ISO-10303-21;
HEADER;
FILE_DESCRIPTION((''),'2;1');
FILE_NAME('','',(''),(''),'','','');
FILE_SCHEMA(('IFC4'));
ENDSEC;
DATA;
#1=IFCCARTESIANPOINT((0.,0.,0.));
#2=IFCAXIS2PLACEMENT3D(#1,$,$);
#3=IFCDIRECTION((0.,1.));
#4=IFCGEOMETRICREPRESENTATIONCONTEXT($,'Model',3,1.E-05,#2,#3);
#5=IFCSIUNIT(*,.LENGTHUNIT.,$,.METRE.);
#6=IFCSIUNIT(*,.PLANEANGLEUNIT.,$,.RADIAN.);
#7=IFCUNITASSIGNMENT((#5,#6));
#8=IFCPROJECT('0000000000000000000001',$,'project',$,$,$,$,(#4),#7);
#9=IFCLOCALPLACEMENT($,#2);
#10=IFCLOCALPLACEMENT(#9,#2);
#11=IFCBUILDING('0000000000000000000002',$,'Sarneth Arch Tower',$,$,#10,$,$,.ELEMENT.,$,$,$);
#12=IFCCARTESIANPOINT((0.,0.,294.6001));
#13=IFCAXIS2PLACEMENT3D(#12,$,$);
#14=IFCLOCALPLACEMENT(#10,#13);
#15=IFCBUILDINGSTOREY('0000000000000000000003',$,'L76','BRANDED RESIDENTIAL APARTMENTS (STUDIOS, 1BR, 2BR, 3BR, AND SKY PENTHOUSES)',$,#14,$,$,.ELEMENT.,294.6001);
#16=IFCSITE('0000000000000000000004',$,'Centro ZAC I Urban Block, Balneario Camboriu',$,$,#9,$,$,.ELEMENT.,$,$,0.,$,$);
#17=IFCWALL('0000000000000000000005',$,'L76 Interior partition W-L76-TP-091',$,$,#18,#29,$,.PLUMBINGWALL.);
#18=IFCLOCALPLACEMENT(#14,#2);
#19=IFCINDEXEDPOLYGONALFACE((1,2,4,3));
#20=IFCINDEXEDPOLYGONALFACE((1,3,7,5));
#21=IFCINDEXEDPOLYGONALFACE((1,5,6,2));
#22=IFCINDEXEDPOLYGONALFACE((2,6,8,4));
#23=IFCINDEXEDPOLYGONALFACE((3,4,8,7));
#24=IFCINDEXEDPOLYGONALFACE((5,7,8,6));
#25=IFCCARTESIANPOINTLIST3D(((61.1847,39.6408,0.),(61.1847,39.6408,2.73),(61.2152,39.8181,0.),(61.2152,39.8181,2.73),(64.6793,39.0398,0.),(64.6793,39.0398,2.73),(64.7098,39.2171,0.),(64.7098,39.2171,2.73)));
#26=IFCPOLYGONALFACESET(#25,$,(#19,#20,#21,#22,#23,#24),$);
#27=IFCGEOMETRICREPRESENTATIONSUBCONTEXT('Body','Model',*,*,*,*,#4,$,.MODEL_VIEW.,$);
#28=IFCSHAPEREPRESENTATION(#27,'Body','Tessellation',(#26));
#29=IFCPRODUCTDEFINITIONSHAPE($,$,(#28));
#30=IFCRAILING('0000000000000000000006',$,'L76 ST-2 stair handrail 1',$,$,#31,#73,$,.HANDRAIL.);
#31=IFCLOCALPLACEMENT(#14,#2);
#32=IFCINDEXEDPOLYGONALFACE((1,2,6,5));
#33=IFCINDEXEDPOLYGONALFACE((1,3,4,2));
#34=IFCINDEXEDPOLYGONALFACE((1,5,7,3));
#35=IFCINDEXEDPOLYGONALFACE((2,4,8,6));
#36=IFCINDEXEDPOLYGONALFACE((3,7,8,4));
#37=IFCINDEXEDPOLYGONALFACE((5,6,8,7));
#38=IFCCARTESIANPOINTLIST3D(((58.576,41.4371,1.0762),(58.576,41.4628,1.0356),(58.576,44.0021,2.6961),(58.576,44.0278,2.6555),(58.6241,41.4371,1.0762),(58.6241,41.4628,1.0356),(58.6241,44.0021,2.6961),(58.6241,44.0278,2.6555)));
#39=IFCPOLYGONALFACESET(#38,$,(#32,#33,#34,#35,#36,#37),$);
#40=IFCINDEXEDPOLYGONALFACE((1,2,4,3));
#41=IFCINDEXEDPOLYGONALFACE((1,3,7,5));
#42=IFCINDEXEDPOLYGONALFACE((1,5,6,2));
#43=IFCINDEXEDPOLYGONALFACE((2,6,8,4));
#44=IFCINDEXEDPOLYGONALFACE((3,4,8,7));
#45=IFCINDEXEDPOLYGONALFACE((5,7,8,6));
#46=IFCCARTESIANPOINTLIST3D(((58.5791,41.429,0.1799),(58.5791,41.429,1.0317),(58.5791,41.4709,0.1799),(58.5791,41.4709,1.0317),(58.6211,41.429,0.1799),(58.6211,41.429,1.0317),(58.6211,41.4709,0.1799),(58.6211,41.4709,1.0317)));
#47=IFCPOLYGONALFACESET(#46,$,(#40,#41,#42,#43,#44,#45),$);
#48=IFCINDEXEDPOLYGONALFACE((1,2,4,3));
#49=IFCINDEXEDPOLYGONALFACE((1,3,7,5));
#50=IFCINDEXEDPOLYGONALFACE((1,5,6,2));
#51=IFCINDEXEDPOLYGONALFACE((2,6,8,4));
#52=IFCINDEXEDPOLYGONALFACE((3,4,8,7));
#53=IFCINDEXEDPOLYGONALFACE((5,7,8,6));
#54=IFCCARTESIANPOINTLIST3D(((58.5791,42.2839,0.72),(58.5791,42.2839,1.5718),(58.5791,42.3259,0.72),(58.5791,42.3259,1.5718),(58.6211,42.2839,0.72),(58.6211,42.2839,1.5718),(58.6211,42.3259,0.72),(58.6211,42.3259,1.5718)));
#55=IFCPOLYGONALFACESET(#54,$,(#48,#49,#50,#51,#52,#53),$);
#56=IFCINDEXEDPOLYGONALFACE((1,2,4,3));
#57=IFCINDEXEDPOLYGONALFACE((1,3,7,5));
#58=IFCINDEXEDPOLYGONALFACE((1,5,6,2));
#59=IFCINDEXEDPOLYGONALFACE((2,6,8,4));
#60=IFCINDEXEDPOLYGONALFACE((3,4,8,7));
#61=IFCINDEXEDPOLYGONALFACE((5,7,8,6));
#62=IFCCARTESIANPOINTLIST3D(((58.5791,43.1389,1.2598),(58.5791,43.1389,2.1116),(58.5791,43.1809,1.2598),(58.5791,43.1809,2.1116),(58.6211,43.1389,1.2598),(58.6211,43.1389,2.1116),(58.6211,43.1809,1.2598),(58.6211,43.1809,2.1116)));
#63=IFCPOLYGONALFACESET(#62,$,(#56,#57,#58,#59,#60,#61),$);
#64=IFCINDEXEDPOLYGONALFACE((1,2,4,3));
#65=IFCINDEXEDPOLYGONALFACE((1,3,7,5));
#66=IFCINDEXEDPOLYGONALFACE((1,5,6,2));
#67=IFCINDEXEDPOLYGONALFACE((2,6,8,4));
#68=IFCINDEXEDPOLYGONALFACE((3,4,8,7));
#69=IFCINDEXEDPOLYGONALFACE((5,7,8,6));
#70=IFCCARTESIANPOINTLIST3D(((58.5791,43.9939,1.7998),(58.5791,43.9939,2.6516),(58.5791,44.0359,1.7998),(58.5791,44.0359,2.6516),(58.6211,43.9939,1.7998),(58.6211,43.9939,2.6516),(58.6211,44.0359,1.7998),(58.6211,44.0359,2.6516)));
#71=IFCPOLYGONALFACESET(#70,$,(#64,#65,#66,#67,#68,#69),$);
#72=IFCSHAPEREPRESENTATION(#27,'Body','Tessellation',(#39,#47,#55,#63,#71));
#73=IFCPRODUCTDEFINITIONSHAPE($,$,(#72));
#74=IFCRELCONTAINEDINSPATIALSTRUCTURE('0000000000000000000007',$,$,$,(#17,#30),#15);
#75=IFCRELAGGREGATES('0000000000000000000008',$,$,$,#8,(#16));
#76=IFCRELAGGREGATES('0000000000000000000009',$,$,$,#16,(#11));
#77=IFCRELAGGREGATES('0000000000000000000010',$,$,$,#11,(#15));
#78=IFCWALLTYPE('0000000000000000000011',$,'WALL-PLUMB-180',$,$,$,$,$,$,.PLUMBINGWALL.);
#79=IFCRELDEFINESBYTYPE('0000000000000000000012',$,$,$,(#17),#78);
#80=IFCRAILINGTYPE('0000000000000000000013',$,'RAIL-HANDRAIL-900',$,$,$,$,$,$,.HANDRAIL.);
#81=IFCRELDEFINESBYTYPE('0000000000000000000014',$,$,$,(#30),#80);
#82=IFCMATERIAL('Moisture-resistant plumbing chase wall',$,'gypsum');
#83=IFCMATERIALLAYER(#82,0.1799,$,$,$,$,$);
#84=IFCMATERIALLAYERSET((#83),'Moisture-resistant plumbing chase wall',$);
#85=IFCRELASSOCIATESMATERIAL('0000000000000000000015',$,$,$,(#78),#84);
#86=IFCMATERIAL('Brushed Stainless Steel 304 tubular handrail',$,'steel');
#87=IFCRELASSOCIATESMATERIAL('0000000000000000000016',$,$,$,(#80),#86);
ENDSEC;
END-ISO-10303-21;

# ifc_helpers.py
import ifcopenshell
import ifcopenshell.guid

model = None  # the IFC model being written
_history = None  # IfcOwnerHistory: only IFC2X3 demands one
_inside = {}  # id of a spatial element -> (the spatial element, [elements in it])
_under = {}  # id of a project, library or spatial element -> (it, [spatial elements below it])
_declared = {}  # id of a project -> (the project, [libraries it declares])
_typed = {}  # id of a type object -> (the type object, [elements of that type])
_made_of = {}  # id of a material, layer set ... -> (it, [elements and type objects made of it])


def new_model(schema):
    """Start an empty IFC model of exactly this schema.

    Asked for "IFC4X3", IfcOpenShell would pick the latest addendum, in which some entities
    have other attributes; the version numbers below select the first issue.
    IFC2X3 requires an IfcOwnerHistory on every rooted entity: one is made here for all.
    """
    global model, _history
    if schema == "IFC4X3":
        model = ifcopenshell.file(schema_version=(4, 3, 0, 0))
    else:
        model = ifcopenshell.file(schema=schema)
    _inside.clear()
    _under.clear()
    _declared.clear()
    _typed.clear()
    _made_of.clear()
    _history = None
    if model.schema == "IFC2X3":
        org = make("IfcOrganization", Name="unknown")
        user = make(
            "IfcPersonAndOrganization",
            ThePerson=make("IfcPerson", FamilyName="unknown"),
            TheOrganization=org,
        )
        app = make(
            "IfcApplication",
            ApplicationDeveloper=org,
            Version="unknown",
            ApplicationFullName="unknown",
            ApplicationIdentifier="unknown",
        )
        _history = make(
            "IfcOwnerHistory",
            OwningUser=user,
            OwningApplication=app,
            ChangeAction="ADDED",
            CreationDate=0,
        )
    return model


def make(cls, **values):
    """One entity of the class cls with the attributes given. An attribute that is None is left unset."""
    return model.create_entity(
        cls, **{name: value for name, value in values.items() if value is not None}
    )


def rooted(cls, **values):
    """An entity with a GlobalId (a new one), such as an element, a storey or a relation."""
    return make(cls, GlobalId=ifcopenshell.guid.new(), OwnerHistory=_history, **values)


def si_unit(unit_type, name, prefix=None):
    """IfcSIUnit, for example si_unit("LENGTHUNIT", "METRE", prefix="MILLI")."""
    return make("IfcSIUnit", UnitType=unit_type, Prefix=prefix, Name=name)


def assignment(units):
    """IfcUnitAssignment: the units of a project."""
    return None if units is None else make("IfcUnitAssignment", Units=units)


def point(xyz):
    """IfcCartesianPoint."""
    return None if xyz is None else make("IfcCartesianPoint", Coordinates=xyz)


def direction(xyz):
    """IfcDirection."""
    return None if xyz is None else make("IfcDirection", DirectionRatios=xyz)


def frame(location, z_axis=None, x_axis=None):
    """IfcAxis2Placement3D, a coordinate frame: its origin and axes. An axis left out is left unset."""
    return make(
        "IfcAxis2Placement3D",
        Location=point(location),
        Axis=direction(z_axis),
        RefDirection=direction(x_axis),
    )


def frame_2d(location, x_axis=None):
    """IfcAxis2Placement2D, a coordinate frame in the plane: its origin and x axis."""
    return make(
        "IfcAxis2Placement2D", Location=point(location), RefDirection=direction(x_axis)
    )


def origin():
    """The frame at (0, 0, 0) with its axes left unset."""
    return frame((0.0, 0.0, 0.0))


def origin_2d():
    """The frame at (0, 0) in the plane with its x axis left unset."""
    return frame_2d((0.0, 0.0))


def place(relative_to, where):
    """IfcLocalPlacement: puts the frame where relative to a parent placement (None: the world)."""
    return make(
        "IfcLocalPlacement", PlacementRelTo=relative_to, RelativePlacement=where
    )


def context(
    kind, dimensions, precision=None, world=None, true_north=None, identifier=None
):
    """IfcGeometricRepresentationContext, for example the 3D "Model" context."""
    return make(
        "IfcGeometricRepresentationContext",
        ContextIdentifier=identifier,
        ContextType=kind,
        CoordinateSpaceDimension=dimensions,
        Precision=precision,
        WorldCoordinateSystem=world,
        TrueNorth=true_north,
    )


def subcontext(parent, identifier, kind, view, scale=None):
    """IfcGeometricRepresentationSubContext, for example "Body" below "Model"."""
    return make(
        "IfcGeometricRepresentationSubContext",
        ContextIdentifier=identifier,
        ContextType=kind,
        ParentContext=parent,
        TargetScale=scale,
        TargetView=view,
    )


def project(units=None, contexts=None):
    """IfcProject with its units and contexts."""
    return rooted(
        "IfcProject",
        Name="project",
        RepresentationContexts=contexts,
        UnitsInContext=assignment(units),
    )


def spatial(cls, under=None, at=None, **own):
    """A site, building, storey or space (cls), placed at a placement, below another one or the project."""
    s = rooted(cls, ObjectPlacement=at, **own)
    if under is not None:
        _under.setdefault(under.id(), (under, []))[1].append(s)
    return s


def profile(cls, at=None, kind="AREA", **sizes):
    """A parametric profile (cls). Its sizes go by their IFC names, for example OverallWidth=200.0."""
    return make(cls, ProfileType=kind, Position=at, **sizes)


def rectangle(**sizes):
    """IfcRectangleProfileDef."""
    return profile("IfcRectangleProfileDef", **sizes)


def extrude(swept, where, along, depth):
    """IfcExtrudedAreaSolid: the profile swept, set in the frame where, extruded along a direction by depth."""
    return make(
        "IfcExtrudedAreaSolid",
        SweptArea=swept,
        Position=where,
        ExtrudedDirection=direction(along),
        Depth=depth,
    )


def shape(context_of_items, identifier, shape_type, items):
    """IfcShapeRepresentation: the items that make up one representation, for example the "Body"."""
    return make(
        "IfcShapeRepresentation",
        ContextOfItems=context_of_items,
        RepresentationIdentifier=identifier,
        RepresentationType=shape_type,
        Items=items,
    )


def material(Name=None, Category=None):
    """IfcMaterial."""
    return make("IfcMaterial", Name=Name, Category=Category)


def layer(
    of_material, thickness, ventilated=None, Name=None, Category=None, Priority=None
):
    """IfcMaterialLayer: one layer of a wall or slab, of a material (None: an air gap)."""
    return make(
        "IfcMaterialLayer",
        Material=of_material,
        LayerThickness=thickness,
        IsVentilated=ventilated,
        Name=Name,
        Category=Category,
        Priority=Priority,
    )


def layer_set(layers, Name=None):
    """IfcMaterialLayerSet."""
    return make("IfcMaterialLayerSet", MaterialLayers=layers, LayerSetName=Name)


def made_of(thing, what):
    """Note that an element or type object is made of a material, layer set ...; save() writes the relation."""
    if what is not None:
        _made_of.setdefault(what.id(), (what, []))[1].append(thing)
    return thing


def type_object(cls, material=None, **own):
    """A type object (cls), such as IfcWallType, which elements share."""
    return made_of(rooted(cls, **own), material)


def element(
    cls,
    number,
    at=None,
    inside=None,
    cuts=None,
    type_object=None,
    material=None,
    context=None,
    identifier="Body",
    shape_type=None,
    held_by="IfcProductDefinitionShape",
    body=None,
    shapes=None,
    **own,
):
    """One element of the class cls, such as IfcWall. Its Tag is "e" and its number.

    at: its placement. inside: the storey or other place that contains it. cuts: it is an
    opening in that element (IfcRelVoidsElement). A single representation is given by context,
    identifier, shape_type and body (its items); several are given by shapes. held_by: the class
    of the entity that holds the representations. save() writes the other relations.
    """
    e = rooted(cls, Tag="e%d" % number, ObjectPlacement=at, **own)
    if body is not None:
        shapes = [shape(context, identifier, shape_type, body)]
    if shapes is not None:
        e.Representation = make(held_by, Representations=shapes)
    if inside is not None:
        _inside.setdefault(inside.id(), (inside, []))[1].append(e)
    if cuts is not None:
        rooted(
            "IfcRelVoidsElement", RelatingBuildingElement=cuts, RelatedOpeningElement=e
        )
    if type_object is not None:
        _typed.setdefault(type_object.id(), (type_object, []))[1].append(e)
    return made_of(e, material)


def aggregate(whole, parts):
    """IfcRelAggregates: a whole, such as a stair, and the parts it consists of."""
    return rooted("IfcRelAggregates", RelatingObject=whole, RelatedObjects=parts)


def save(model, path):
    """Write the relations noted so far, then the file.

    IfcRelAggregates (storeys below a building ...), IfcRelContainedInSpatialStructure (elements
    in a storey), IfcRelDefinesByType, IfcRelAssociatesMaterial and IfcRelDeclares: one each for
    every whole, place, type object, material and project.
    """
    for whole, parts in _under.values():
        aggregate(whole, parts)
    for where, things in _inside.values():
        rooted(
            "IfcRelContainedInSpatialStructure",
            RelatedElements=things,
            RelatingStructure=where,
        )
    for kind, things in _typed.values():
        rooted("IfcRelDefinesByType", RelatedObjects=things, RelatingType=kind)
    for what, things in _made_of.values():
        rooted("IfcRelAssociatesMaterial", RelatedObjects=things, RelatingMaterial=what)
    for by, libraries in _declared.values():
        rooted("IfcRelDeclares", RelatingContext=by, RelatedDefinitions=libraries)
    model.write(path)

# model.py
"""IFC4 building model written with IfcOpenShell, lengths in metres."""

from ifc_helpers import new_model, si_unit, direction, frame, frame_2d, origin, origin_2d, place, context, subcontext, project, spatial, rectangle, extrude, material, layer, layer_set, type_object, element, save


model = new_model("IFC4")

# Units and contexts
model_context = context("Model", 3, precision=1e-05, world=origin(), true_north=direction((0.0, 1.0)))
body_context = subcontext(model_context, "Body", "Model", "MODEL_VIEW")
ifc_project = project(units=[si_unit("LENGTHUNIT", "METRE"), si_unit("PLANEANGLEUNIT", "RADIAN")], contexts=[model_context])

# Site, building, storey
site_placement = place(None, origin())
site = spatial("IfcSite", under=ifc_project, at=site_placement, Name="Centro ZAC I Urban Block, Balneario Camboriu", CompositionType="ELEMENT", RefElevation=0.0)
building_placement = place(site_placement, origin())
building = spatial("IfcBuilding", under=site, at=building_placement, Name="Sarneth Arch Tower", CompositionType="ELEMENT")
storey_placement = place(building_placement, frame((0.0, 0.0, 294.6001)))
storey = spatial("IfcBuildingStorey", under=building, at=storey_placement, Name="L76", Description="BRANDED RESIDENTIAL APARTMENTS (STUDIOS, 1BR, 2BR, 3BR, AND SKY PENTHOUSES)", CompositionType="ELEMENT", Elevation=294.6001)

# Wall
ifc_material_1 = material(Name="Moisture-resistant plumbing chase wall", Category="gypsum")
ifc_layer_1 = layer(ifc_material_1, 0.1799)
ifc_layer_set_1 = layer_set([ifc_layer_1], Name="Moisture-resistant plumbing chase wall")
wall_type_1 = type_object("IfcWallType", Name="WALL-PLUMB-180", PredefinedType="PLUMBINGWALL", material=ifc_layer_set_1)
wall_1_placement = place(storey_placement, frame((64.6946, 39.1284, 0.0), z_axis=(0.0, 0.0, 1.0), x_axis=(-0.985528, 0.16951, 0.0)))
element("IfcWall", 1, at=wall_1_placement, inside=storey, type_object=wall_type_1, Name="L76 Interior partition W-L76-TP-091", PredefinedType="PLUMBINGWALL", context=body_context, shape_type="SweptSolid", body=[
    extrude(rectangle(XDim=3.5459, YDim=0.1799, at=frame_2d((1.7729, 0.0))), origin(), (0.0, 0.0, 1.0), 2.73),
])

# Railing
ifc_material_2 = material(Name="Brushed Stainless Steel 304 tubular handrail", Category="steel")
railing_type = type_object("IfcRailingType", Name="RAIL-HANDRAIL-900", PredefinedType="HANDRAIL", material=ifc_material_2)
railing_placement = place(storey_placement, frame((58.6001, 41.45, 0.1799)))
element("IfcRailing", 2, at=railing_placement, inside=storey, type_object=railing_type, Name="L76 ST-2 stair handrail 1", PredefinedType="HANDRAIL", context=body_context, shape_type="SweptSolid", body=[
    extrude(rectangle(XDim=0.0481, YDim=0.0481, at=origin_2d()), frame((0.0, 0.0, 0.876), z_axis=(0.0, 0.845502, 0.533972), x_axis=(-1.0, 0.0, 0.0)), (0.0, 0.0, 1.0), 3.0337),
    extrude(rectangle(XDim=0.042, YDim=0.042, at=origin_2d()), origin(), (0.0, 0.0, 1.0), 0.8518),
    extrude(rectangle(XDim=0.042, YDim=0.042, at=origin_2d()), frame((0.0, 0.855, 0.54)), (0.0, 0.0, 1.0), 0.8518),
    extrude(rectangle(XDim=0.042, YDim=0.042, at=origin_2d()), frame((0.0, 1.71, 1.0798)), (0.0, 0.0, 1.0), 0.8518),
    extrude(rectangle(XDim=0.042, YDim=0.042, at=origin_2d()), frame((0.0, 2.5649, 1.6199)), (0.0, 0.0, 1.0), 0.8518),
])

save(model, "model.ifc")
